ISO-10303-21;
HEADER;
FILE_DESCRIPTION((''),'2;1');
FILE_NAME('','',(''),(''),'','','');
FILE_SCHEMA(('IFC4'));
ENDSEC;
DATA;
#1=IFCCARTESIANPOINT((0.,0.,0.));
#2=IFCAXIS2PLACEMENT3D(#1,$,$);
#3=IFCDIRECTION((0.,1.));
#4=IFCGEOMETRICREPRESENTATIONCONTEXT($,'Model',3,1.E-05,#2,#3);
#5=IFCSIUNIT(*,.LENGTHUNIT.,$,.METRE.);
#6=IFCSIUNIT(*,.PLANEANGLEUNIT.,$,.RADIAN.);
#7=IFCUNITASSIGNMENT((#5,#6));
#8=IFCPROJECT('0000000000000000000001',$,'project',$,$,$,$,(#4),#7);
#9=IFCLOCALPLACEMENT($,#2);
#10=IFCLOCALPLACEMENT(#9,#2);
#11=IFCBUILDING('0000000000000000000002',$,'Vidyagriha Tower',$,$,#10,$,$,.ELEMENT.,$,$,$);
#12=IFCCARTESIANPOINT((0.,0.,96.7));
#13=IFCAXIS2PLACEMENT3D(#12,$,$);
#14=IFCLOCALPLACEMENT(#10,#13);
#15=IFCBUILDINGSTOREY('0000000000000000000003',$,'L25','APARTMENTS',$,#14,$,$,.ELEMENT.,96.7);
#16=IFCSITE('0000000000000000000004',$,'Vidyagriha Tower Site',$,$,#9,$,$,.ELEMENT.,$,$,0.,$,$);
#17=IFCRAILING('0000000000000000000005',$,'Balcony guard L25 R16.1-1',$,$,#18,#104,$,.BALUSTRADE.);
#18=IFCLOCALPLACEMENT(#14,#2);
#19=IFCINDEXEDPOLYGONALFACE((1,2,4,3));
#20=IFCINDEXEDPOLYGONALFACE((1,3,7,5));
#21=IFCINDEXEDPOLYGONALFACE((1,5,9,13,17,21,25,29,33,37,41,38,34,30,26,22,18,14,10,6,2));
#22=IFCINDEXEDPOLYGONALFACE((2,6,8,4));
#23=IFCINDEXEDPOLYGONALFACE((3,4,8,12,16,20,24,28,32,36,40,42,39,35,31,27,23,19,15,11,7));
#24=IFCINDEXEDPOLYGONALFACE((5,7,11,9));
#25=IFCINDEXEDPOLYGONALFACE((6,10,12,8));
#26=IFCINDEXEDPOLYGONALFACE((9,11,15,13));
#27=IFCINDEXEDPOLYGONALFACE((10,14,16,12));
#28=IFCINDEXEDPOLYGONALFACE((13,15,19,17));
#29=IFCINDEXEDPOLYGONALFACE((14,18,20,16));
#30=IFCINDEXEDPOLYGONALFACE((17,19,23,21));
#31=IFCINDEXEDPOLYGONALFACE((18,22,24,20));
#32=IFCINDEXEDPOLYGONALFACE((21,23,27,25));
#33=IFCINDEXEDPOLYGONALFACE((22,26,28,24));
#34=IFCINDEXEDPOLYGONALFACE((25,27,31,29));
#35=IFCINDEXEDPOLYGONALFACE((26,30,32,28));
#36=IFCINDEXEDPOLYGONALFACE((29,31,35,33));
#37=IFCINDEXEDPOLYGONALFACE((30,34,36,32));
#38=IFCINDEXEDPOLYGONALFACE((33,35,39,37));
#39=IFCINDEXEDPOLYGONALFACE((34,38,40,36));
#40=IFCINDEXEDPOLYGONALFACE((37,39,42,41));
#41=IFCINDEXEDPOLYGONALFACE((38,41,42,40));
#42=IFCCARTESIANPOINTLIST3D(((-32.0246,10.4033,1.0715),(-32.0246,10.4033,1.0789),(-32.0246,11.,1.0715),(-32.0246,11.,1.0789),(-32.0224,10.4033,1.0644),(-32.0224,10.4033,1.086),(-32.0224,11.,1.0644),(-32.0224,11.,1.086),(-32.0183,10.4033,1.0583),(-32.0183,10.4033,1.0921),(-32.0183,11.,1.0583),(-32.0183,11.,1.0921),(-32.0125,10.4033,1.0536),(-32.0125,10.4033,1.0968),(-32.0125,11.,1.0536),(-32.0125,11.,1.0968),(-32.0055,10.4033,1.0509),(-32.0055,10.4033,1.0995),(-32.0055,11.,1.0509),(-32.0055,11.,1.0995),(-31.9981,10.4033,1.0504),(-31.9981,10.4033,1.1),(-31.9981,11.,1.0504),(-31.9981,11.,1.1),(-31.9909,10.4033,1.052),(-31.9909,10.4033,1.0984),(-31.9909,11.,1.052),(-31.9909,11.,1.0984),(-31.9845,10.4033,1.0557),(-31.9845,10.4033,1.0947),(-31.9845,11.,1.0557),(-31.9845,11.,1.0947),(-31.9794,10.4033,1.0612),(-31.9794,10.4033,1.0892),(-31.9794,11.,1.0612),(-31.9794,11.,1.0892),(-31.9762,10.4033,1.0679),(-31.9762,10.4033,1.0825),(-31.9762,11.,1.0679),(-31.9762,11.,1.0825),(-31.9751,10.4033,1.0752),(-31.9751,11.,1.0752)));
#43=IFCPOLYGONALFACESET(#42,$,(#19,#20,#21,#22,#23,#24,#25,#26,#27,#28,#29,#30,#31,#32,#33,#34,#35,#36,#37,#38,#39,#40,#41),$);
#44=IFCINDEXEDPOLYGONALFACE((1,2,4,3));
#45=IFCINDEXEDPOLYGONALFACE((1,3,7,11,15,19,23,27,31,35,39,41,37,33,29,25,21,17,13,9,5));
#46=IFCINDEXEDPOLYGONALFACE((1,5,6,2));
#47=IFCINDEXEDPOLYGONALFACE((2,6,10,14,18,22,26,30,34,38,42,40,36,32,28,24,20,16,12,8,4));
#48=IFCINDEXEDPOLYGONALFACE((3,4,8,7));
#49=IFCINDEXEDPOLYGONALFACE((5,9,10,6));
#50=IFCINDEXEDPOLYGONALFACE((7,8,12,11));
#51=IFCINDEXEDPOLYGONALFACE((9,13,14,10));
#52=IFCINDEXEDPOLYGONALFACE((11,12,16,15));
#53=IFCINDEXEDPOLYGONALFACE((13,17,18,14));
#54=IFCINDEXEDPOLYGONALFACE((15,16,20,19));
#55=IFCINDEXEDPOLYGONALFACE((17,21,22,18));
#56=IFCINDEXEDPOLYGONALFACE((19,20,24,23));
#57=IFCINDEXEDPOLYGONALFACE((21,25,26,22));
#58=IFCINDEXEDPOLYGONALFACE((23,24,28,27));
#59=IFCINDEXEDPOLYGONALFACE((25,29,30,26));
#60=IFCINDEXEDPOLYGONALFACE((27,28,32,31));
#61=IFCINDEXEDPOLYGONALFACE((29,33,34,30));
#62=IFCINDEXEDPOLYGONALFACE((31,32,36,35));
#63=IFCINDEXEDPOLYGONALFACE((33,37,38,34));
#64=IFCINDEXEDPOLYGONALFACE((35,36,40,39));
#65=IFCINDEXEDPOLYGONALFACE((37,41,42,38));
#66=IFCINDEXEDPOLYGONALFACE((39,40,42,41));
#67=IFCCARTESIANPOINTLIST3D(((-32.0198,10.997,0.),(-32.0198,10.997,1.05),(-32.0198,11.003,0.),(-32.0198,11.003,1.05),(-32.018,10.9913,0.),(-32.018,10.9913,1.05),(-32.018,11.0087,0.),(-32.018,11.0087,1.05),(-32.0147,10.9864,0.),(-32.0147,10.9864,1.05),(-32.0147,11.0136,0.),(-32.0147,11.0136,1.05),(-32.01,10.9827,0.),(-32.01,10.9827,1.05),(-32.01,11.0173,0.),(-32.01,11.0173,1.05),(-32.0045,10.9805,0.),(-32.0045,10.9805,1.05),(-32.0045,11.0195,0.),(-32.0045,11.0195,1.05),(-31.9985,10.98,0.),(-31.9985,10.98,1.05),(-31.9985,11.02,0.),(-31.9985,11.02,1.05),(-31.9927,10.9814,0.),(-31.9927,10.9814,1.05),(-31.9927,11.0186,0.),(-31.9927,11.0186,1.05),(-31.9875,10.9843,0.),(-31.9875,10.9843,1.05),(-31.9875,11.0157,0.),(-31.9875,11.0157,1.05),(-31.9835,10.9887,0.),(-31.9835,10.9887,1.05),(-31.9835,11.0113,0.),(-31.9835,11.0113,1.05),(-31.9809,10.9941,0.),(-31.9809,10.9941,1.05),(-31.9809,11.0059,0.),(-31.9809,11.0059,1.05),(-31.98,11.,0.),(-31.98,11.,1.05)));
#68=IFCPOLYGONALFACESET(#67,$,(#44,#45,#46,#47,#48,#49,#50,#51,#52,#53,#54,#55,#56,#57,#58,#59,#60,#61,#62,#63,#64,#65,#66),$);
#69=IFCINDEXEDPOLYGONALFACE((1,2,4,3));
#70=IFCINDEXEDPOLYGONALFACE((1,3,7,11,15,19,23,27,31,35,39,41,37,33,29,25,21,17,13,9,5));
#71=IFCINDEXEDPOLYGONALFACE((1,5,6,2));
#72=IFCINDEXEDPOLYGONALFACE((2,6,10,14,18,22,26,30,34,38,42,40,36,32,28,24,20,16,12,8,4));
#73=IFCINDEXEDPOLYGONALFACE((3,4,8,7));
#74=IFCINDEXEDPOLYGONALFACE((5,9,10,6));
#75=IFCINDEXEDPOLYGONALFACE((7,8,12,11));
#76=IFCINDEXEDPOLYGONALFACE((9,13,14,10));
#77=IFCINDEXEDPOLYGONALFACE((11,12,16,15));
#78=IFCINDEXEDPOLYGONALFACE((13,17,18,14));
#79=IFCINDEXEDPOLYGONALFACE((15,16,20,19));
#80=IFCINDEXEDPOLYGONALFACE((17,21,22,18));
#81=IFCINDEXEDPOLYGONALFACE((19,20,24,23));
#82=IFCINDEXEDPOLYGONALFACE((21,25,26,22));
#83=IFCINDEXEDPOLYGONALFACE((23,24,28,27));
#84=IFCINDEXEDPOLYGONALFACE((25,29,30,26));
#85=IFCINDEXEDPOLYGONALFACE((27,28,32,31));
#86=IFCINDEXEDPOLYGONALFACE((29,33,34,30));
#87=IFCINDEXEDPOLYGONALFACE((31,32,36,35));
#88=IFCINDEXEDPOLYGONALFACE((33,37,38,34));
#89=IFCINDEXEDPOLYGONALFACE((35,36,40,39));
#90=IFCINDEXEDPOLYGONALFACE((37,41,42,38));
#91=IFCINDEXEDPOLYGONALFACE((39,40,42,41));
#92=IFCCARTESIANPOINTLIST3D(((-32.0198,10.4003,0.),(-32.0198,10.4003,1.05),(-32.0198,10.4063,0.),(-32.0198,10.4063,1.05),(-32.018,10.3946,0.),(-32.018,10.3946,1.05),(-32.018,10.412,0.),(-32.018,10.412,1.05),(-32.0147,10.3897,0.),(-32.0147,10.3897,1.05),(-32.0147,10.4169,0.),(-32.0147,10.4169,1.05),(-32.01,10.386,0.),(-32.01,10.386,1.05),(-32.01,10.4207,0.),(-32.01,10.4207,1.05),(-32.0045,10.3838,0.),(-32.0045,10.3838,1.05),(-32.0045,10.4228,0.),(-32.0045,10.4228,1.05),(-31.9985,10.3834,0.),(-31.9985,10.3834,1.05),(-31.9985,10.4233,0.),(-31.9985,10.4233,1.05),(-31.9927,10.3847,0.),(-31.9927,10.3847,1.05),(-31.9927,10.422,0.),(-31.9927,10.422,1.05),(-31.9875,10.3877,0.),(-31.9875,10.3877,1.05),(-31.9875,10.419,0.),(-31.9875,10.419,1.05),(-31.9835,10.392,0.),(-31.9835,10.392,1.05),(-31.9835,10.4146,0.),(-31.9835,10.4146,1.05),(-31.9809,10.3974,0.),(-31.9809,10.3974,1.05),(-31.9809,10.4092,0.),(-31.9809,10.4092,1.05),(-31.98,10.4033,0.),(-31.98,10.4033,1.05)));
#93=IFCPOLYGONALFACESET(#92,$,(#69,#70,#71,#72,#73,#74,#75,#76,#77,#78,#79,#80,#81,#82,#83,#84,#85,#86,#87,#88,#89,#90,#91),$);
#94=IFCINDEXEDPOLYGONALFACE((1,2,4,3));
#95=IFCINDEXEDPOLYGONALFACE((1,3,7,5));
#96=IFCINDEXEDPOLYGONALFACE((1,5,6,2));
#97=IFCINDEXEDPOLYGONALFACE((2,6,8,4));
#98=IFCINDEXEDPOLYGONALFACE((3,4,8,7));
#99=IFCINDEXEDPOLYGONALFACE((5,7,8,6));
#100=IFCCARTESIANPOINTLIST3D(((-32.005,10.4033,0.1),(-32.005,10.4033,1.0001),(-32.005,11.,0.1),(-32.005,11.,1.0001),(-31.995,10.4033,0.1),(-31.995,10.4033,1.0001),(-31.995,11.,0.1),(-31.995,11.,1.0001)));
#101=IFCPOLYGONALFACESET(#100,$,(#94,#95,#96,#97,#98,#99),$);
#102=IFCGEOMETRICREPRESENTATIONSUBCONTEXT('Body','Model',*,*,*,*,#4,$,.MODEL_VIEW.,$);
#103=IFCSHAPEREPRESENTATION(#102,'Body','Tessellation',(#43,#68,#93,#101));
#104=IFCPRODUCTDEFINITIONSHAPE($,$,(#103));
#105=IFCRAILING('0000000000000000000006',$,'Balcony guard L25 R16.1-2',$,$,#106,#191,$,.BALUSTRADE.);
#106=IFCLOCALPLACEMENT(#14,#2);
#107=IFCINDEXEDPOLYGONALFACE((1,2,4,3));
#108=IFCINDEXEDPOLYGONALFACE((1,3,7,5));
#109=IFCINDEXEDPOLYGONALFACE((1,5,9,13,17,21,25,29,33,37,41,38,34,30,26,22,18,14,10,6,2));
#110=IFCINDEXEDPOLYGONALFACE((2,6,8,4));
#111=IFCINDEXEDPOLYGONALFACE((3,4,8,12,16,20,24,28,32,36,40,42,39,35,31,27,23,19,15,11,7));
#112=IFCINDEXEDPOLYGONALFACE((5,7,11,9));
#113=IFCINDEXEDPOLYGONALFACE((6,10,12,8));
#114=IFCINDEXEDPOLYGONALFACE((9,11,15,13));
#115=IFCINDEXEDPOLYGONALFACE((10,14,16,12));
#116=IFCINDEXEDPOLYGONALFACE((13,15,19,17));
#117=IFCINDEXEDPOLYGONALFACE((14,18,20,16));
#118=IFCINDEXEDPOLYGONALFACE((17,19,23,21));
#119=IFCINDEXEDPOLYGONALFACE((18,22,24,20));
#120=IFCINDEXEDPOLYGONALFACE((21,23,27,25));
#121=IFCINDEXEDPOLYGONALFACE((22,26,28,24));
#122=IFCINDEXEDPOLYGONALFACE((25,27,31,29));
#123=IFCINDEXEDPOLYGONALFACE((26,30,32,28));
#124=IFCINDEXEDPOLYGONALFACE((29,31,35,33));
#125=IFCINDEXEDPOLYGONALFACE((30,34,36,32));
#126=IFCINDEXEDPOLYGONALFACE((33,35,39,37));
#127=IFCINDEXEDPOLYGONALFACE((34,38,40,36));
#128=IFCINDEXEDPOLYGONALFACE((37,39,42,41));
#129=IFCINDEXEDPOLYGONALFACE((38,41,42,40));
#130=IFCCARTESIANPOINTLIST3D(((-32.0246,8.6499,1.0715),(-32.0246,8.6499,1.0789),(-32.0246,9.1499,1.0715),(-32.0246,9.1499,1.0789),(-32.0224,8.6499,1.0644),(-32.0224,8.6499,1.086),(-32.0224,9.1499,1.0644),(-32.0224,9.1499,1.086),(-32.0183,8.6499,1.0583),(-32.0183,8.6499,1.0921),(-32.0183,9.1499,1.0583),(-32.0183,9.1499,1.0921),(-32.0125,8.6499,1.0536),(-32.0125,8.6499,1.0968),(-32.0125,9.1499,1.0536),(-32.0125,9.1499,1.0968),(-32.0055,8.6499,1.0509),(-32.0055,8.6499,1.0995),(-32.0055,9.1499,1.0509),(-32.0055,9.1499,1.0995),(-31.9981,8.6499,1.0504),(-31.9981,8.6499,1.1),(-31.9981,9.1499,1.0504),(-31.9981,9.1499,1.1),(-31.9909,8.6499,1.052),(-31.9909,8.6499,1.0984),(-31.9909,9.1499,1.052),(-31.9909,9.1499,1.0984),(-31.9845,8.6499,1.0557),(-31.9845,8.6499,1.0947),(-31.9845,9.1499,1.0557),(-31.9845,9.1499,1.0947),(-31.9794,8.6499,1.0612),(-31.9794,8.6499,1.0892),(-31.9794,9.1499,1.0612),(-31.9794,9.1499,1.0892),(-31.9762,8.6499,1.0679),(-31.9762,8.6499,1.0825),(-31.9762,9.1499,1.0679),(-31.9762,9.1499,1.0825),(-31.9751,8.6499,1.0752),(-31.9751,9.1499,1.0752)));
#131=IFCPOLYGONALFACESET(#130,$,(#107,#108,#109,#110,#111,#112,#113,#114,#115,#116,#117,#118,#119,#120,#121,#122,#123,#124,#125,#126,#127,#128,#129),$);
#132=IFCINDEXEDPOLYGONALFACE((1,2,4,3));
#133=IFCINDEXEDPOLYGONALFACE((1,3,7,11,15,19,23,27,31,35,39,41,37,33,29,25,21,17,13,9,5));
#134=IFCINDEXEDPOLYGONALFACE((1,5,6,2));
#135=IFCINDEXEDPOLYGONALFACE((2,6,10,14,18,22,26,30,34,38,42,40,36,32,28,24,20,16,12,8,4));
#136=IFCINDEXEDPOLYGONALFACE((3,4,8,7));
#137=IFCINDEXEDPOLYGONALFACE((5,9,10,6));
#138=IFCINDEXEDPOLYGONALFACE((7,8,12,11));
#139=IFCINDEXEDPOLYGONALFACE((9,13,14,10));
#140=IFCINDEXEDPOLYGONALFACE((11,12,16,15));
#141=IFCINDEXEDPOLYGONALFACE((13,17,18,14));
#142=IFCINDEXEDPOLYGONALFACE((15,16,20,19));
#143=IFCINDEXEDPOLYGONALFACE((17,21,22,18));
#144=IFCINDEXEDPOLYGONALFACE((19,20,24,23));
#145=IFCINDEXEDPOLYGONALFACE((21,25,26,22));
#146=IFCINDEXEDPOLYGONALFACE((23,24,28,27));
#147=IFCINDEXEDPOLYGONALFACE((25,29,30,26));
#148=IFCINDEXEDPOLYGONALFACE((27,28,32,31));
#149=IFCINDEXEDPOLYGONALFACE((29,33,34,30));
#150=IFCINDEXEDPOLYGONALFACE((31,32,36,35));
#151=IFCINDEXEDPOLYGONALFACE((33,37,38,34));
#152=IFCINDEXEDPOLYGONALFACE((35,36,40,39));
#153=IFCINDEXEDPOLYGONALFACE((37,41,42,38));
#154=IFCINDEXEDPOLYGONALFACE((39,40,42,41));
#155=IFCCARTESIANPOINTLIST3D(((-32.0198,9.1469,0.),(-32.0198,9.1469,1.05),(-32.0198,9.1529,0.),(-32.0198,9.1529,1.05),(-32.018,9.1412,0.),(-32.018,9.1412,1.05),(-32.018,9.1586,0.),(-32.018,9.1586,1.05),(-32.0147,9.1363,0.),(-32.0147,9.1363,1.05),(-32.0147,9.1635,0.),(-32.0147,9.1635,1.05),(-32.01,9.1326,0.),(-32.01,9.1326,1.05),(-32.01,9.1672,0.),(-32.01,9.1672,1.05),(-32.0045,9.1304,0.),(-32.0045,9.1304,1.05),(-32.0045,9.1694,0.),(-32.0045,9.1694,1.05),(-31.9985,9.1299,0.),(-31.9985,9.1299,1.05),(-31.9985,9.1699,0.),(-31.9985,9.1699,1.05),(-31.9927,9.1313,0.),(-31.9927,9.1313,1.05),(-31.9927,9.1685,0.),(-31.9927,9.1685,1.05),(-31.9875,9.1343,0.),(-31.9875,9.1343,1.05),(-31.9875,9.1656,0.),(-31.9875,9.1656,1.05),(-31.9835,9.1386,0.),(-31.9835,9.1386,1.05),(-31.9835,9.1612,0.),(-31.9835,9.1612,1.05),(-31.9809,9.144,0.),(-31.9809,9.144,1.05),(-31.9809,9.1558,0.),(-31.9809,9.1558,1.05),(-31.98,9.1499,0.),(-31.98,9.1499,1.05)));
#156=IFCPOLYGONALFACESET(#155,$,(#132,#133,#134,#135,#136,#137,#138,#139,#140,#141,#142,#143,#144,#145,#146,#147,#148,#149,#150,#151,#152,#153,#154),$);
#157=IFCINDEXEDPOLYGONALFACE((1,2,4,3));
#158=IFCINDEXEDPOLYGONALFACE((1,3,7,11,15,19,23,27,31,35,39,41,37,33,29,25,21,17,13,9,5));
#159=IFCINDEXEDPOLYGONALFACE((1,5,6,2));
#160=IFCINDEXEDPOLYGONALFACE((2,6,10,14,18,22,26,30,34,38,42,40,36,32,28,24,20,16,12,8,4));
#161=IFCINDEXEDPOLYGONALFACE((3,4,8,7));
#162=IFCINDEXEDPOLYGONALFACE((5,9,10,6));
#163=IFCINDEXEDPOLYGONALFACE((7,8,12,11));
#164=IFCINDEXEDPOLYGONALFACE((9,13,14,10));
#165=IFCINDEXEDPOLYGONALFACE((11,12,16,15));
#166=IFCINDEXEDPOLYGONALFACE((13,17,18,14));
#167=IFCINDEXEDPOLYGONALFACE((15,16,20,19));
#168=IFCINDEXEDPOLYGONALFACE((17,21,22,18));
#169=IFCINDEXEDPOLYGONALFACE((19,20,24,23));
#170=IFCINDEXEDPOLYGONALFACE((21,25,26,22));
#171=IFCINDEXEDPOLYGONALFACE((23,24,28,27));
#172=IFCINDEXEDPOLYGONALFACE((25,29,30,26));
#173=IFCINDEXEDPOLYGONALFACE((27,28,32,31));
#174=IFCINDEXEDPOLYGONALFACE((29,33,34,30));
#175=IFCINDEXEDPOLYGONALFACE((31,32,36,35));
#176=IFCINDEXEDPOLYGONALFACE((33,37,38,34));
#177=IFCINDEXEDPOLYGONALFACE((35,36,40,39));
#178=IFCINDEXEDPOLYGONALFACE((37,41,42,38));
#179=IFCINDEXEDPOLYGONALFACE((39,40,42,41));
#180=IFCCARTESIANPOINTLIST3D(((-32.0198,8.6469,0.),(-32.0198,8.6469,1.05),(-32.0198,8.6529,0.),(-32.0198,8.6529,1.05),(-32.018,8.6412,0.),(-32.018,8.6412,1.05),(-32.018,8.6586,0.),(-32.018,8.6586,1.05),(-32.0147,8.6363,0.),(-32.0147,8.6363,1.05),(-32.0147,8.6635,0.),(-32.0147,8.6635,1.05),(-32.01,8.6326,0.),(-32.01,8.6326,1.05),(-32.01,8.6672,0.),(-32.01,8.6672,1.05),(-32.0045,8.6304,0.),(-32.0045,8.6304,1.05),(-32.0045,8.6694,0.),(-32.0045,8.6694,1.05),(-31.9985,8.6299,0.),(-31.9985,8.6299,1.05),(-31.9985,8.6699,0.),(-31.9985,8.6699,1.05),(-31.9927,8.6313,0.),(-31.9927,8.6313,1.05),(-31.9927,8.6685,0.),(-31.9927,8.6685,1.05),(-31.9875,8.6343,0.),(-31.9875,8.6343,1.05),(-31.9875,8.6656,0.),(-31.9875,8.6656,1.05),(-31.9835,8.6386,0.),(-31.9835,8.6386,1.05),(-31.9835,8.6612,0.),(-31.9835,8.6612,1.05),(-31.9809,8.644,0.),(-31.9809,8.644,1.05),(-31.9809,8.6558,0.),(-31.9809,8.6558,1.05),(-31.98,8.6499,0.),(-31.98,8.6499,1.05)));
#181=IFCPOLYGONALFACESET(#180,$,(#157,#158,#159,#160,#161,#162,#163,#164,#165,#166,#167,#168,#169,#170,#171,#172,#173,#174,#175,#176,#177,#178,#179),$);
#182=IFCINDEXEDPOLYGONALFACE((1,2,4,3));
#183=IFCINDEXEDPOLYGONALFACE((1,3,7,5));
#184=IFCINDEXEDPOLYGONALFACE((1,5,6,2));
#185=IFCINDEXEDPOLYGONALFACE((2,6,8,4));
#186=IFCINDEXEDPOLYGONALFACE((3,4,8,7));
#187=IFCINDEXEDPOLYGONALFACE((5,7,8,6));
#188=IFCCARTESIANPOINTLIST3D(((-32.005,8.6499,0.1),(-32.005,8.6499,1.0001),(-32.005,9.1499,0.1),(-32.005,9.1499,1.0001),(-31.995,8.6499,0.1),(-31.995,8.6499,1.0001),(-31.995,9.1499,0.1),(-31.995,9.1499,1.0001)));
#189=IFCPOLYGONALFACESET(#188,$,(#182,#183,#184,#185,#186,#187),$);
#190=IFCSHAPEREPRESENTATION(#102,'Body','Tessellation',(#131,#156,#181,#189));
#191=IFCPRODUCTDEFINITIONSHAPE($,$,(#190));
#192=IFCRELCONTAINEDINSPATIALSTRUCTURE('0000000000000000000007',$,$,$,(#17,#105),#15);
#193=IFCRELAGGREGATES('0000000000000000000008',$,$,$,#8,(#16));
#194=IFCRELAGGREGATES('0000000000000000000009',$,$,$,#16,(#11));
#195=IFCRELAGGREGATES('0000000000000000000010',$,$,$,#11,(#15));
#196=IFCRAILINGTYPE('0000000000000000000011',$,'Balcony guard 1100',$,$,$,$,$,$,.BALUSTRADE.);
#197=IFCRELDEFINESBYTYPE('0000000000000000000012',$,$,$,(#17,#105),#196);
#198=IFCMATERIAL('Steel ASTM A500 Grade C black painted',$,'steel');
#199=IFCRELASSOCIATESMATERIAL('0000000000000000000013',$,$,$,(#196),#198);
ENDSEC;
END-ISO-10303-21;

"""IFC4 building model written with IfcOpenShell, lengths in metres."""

from ifc_helpers import new_model, si_unit, direction, frame, origin, origin_2d, place, context, subcontext, project, spatial, rectangle, circle, extrude, material, type_object, element, save


model = new_model("IFC4")

# Units and contexts
model_context = context("Model", 3, precision=1e-05, world=origin(), true_north=direction((0.0, 1.0)))
body_context = subcontext(model_context, "Body", "Model", "MODEL_VIEW")
ifc_project = project(units=[si_unit("LENGTHUNIT", "METRE"), si_unit("PLANEANGLEUNIT", "RADIAN")], contexts=[model_context])

# Site, building, storey
site_placement = place(None, origin())
site = spatial("IfcSite", under=ifc_project, at=site_placement, Name="Vidyagriha Tower Site", CompositionType="ELEMENT", RefElevation=0.0)
building_placement = place(site_placement, origin())
building = spatial("IfcBuilding", under=site, at=building_placement, Name="Vidyagriha Tower", CompositionType="ELEMENT")
storey_placement = place(building_placement, frame((0.0, 0.0, 96.7)))
storey = spatial("IfcBuildingStorey", under=building, at=storey_placement, Name="L25", Description="APARTMENTS", CompositionType="ELEMENT", Elevation=96.7)

# Railings
ifc_material_1 = material(Name="Steel ASTM A500 Grade C black painted", Category="steel")
railing_type_1 = type_object("IfcRailingType", Name="Balcony guard 1100", PredefinedType="BALUSTRADE", material=ifc_material_1)
railing_1_placement = place(storey_placement, frame((-32.0, 11.0, 0.0)))
element("IfcRailing", 1, at=railing_1_placement, inside=storey, type_object=railing_type_1, Name="Balcony guard L25 R16.1-1", PredefinedType="BALUSTRADE", context=body_context, shape_type="SweptSolid", body=[
    extrude(circle(Radius=0.0249, at=origin_2d()), frame((0.0, 0.0, 1.0752), z_axis=(0.0, -1.0, 0.0), x_axis=(1.0, 0.0, 0.0)), (0.0, 0.0, 1.0), 0.5967),
    extrude(circle(Radius=0.02, at=origin_2d()), origin(), (0.0, 0.0, 1.0), 1.05),
    extrude(circle(Radius=0.02, at=origin_2d()), frame((0.0, -0.5967, 0.0)), (0.0, 0.0, 1.0), 1.05),
    extrude(rectangle(XDim=0.01, YDim=0.9001, at=origin_2d()), frame((0.0, 0.0, 0.55), z_axis=(0.0, -1.0, 0.0), x_axis=(1.0, 0.0, 0.0)), (0.0, 0.0, 1.0), 0.5967),
])
railing_2_placement = place(storey_placement, frame((-32.0, 9.1499, 0.0)))
element("IfcRailing", 2, at=railing_2_placement, inside=storey, type_object=railing_type_1, Name="Balcony guard L25 R16.1-2", PredefinedType="BALUSTRADE", context=body_context, shape_type="SweptSolid", body=[
    extrude(circle(Radius=0.0249, at=origin_2d()), frame((0.0, 0.0, 1.0752), z_axis=(0.0, -1.0, 0.0), x_axis=(1.0, 0.0, 0.0)), (0.0, 0.0, 1.0), 0.5),
    extrude(circle(Radius=0.02, at=origin_2d()), origin(), (0.0, 0.0, 1.0), 1.05),
    extrude(circle(Radius=0.02, at=origin_2d()), frame((0.0, -0.5, 0.0)), (0.0, 0.0, 1.0), 1.05),
    extrude(rectangle(XDim=0.01, YDim=0.9001, at=origin_2d()), frame((0.0, 0.0, 0.55), z_axis=(0.0, -1.0, 0.0), x_axis=(1.0, 0.0, 0.0)), (0.0, 0.0, 1.0), 0.5),
])

save(model, "model.ifc")
